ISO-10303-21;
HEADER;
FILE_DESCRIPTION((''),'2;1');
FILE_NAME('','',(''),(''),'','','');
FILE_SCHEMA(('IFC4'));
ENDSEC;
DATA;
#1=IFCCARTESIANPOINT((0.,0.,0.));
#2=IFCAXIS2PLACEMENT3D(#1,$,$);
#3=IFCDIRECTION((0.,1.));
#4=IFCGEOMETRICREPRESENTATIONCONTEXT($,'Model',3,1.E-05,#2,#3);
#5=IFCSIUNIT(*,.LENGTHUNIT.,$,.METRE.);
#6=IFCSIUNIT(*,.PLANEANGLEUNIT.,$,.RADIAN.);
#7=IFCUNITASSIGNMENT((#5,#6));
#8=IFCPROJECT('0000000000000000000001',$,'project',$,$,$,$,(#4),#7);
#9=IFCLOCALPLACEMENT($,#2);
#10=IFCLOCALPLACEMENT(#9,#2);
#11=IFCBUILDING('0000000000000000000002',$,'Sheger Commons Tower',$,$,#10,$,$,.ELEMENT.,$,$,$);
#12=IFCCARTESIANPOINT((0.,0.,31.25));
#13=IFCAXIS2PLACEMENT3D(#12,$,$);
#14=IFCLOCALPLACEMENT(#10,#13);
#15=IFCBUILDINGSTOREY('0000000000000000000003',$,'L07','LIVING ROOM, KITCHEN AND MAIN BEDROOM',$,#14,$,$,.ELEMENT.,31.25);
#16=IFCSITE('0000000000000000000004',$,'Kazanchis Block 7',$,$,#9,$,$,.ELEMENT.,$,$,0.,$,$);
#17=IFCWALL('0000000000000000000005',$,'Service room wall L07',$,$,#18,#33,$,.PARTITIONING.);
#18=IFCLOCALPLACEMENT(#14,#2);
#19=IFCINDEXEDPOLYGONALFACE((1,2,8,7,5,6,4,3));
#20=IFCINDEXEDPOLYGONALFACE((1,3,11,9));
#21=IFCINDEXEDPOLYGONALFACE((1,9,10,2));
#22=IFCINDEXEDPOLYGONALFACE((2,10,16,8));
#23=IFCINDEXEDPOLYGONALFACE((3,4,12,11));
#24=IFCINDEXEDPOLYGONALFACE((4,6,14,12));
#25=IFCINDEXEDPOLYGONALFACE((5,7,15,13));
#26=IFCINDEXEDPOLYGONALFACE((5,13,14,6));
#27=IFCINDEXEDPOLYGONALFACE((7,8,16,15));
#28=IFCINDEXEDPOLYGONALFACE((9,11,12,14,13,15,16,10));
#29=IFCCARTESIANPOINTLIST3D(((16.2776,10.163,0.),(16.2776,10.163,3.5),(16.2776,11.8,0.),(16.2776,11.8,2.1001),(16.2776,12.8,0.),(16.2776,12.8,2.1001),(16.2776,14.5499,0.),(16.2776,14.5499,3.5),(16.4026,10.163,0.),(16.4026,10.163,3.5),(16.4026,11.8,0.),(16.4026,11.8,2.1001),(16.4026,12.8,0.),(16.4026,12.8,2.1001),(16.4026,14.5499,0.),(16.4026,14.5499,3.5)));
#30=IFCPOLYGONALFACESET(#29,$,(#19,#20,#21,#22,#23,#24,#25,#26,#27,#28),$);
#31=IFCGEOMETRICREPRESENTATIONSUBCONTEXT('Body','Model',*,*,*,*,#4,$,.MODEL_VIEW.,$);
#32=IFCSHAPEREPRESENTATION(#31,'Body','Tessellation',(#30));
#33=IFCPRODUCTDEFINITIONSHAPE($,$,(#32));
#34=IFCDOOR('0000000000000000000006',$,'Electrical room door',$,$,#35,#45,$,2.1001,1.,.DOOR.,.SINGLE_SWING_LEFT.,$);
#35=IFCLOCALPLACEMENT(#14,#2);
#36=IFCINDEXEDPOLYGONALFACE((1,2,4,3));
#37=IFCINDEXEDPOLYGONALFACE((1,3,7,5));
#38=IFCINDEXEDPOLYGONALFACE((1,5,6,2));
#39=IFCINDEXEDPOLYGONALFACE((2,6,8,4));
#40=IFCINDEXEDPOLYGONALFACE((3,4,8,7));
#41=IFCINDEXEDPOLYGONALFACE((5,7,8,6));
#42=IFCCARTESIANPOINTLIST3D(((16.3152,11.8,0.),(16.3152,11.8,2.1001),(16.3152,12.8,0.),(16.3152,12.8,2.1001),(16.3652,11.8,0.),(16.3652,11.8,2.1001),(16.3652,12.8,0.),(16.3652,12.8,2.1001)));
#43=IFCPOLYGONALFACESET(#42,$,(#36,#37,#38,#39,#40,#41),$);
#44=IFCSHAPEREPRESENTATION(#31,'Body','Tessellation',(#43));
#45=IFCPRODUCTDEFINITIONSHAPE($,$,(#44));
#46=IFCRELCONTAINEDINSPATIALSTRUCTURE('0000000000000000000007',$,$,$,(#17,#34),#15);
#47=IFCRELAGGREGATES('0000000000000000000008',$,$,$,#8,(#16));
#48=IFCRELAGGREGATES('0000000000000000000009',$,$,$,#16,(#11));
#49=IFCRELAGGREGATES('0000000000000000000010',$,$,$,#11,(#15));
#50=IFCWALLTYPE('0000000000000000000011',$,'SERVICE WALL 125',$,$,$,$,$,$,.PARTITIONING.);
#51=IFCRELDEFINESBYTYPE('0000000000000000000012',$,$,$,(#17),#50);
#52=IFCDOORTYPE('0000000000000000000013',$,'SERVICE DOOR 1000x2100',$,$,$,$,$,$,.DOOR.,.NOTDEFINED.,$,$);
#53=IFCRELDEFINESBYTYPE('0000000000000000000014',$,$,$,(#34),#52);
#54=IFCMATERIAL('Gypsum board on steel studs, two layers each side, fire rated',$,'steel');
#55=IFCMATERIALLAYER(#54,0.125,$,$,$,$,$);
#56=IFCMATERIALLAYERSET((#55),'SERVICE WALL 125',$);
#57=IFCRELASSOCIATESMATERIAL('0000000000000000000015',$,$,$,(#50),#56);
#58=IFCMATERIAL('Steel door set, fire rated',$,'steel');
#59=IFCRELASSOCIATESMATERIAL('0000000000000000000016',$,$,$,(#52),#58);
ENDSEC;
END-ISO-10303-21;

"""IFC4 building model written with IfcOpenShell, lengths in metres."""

from ifc_helpers import new_model, si_unit, direction, frame, frame_2d, origin, place, context, subcontext, project, spatial, rectangle, extrude, material, layer, layer_set, type_object, element, fill, save


model = new_model("IFC4")

# Units and contexts
model_context = context("Model", 3, precision=1e-05, world=origin(), true_north=direction((0.0, 1.0)))
body_context = subcontext(model_context, "Body", "Model", "MODEL_VIEW")
ifc_project = project(units=[si_unit("LENGTHUNIT", "METRE"), si_unit("PLANEANGLEUNIT", "RADIAN")], contexts=[model_context])

# Site, building, storey
site_placement = place(None, origin())
site = spatial("IfcSite", under=ifc_project, at=site_placement, Name="Kazanchis Block 7", CompositionType="ELEMENT", RefElevation=0.0)
building_placement = place(site_placement, origin())
building = spatial("IfcBuilding", under=site, at=building_placement, Name="Sheger Commons Tower", CompositionType="ELEMENT")
storey_placement = place(building_placement, frame((0.0, 0.0, 31.25)))
storey = spatial("IfcBuildingStorey", under=building, at=storey_placement, Name="L07", Description="LIVING ROOM, KITCHEN AND MAIN BEDROOM", CompositionType="ELEMENT", Elevation=31.25)

# Shared definitions
ifc_material_1 = material(Name="Gypsum board on steel studs, two layers each side, fire rated", Category="steel")
ifc_layer_1 = layer(ifc_material_1, 0.125)
ifc_layer_set_1 = layer_set([ifc_layer_1], Name="SERVICE WALL 125")
wall_type_1 = type_object("IfcWallType", Name="SERVICE WALL 125", PredefinedType="PARTITIONING", material=ifc_layer_set_1)
ifc_material_2 = material(Name="Steel door set, fire rated", Category="steel")
door_type_1 = type_object("IfcDoorType", Name="SERVICE DOOR 1000x2100", OperationType="NOTDEFINED", PredefinedType="DOOR", material=ifc_material_2)

# Wall, opening, door
wall_1_placement = place(storey_placement, frame((16.3401, 10.1631, 0.0), z_axis=(0.0, 0.0, 1.0), x_axis=(0.0, 1.0, 0.0)))
wall_1 = element("IfcWall", 1, at=wall_1_placement, inside=storey, type_object=wall_type_1, Name="Service room wall L07", PredefinedType="PARTITIONING", context=body_context, shape_type="SweptSolid", body=[
    extrude(rectangle(XDim=4.387, YDim=0.125, at=frame_2d((2.1934, 0.0))), origin(), (0.0, 0.0, 1.0), 3.5),
])
opening_1_placement = place(wall_1_placement, frame((1.637, 0.0, 0.0)))
opening_1 = element("IfcOpeningElement", 2, at=opening_1_placement, cuts=wall_1, PredefinedType="OPENING", context=body_context, shape_type="SweptSolid", body=[
    extrude(rectangle(XDim=1.0, YDim=2.1001, at=frame_2d((0.5, 1.05))), frame((0.0, 0.0725, 0.0), z_axis=(0.0, -1.0, 0.0), x_axis=(1.0, 0.0, 0.0)), (0.0, 0.0, 1.0), 0.145),
])
door_1_placement = place(opening_1_placement, origin())
door_1 = element("IfcDoor", 3, at=door_1_placement, inside=storey, type_object=door_type_1, Name="Electrical room door", OperationType="SINGLE_SWING_LEFT", OverallHeight=2.1001, OverallWidth=1.0, PredefinedType="DOOR", context=body_context, shape_type="SweptSolid", body=[
    extrude(rectangle(XDim=1.0, YDim=2.1001, at=frame_2d((0.5, 1.05))), frame((0.0, 0.0249, 0.0), z_axis=(0.0, -1.0, 0.0), x_axis=(1.0, 0.0, 0.0)), (0.0, 0.0, 1.0), 0.05),
])
fill(opening_1, door_1)

save(model, "model.ifc")
